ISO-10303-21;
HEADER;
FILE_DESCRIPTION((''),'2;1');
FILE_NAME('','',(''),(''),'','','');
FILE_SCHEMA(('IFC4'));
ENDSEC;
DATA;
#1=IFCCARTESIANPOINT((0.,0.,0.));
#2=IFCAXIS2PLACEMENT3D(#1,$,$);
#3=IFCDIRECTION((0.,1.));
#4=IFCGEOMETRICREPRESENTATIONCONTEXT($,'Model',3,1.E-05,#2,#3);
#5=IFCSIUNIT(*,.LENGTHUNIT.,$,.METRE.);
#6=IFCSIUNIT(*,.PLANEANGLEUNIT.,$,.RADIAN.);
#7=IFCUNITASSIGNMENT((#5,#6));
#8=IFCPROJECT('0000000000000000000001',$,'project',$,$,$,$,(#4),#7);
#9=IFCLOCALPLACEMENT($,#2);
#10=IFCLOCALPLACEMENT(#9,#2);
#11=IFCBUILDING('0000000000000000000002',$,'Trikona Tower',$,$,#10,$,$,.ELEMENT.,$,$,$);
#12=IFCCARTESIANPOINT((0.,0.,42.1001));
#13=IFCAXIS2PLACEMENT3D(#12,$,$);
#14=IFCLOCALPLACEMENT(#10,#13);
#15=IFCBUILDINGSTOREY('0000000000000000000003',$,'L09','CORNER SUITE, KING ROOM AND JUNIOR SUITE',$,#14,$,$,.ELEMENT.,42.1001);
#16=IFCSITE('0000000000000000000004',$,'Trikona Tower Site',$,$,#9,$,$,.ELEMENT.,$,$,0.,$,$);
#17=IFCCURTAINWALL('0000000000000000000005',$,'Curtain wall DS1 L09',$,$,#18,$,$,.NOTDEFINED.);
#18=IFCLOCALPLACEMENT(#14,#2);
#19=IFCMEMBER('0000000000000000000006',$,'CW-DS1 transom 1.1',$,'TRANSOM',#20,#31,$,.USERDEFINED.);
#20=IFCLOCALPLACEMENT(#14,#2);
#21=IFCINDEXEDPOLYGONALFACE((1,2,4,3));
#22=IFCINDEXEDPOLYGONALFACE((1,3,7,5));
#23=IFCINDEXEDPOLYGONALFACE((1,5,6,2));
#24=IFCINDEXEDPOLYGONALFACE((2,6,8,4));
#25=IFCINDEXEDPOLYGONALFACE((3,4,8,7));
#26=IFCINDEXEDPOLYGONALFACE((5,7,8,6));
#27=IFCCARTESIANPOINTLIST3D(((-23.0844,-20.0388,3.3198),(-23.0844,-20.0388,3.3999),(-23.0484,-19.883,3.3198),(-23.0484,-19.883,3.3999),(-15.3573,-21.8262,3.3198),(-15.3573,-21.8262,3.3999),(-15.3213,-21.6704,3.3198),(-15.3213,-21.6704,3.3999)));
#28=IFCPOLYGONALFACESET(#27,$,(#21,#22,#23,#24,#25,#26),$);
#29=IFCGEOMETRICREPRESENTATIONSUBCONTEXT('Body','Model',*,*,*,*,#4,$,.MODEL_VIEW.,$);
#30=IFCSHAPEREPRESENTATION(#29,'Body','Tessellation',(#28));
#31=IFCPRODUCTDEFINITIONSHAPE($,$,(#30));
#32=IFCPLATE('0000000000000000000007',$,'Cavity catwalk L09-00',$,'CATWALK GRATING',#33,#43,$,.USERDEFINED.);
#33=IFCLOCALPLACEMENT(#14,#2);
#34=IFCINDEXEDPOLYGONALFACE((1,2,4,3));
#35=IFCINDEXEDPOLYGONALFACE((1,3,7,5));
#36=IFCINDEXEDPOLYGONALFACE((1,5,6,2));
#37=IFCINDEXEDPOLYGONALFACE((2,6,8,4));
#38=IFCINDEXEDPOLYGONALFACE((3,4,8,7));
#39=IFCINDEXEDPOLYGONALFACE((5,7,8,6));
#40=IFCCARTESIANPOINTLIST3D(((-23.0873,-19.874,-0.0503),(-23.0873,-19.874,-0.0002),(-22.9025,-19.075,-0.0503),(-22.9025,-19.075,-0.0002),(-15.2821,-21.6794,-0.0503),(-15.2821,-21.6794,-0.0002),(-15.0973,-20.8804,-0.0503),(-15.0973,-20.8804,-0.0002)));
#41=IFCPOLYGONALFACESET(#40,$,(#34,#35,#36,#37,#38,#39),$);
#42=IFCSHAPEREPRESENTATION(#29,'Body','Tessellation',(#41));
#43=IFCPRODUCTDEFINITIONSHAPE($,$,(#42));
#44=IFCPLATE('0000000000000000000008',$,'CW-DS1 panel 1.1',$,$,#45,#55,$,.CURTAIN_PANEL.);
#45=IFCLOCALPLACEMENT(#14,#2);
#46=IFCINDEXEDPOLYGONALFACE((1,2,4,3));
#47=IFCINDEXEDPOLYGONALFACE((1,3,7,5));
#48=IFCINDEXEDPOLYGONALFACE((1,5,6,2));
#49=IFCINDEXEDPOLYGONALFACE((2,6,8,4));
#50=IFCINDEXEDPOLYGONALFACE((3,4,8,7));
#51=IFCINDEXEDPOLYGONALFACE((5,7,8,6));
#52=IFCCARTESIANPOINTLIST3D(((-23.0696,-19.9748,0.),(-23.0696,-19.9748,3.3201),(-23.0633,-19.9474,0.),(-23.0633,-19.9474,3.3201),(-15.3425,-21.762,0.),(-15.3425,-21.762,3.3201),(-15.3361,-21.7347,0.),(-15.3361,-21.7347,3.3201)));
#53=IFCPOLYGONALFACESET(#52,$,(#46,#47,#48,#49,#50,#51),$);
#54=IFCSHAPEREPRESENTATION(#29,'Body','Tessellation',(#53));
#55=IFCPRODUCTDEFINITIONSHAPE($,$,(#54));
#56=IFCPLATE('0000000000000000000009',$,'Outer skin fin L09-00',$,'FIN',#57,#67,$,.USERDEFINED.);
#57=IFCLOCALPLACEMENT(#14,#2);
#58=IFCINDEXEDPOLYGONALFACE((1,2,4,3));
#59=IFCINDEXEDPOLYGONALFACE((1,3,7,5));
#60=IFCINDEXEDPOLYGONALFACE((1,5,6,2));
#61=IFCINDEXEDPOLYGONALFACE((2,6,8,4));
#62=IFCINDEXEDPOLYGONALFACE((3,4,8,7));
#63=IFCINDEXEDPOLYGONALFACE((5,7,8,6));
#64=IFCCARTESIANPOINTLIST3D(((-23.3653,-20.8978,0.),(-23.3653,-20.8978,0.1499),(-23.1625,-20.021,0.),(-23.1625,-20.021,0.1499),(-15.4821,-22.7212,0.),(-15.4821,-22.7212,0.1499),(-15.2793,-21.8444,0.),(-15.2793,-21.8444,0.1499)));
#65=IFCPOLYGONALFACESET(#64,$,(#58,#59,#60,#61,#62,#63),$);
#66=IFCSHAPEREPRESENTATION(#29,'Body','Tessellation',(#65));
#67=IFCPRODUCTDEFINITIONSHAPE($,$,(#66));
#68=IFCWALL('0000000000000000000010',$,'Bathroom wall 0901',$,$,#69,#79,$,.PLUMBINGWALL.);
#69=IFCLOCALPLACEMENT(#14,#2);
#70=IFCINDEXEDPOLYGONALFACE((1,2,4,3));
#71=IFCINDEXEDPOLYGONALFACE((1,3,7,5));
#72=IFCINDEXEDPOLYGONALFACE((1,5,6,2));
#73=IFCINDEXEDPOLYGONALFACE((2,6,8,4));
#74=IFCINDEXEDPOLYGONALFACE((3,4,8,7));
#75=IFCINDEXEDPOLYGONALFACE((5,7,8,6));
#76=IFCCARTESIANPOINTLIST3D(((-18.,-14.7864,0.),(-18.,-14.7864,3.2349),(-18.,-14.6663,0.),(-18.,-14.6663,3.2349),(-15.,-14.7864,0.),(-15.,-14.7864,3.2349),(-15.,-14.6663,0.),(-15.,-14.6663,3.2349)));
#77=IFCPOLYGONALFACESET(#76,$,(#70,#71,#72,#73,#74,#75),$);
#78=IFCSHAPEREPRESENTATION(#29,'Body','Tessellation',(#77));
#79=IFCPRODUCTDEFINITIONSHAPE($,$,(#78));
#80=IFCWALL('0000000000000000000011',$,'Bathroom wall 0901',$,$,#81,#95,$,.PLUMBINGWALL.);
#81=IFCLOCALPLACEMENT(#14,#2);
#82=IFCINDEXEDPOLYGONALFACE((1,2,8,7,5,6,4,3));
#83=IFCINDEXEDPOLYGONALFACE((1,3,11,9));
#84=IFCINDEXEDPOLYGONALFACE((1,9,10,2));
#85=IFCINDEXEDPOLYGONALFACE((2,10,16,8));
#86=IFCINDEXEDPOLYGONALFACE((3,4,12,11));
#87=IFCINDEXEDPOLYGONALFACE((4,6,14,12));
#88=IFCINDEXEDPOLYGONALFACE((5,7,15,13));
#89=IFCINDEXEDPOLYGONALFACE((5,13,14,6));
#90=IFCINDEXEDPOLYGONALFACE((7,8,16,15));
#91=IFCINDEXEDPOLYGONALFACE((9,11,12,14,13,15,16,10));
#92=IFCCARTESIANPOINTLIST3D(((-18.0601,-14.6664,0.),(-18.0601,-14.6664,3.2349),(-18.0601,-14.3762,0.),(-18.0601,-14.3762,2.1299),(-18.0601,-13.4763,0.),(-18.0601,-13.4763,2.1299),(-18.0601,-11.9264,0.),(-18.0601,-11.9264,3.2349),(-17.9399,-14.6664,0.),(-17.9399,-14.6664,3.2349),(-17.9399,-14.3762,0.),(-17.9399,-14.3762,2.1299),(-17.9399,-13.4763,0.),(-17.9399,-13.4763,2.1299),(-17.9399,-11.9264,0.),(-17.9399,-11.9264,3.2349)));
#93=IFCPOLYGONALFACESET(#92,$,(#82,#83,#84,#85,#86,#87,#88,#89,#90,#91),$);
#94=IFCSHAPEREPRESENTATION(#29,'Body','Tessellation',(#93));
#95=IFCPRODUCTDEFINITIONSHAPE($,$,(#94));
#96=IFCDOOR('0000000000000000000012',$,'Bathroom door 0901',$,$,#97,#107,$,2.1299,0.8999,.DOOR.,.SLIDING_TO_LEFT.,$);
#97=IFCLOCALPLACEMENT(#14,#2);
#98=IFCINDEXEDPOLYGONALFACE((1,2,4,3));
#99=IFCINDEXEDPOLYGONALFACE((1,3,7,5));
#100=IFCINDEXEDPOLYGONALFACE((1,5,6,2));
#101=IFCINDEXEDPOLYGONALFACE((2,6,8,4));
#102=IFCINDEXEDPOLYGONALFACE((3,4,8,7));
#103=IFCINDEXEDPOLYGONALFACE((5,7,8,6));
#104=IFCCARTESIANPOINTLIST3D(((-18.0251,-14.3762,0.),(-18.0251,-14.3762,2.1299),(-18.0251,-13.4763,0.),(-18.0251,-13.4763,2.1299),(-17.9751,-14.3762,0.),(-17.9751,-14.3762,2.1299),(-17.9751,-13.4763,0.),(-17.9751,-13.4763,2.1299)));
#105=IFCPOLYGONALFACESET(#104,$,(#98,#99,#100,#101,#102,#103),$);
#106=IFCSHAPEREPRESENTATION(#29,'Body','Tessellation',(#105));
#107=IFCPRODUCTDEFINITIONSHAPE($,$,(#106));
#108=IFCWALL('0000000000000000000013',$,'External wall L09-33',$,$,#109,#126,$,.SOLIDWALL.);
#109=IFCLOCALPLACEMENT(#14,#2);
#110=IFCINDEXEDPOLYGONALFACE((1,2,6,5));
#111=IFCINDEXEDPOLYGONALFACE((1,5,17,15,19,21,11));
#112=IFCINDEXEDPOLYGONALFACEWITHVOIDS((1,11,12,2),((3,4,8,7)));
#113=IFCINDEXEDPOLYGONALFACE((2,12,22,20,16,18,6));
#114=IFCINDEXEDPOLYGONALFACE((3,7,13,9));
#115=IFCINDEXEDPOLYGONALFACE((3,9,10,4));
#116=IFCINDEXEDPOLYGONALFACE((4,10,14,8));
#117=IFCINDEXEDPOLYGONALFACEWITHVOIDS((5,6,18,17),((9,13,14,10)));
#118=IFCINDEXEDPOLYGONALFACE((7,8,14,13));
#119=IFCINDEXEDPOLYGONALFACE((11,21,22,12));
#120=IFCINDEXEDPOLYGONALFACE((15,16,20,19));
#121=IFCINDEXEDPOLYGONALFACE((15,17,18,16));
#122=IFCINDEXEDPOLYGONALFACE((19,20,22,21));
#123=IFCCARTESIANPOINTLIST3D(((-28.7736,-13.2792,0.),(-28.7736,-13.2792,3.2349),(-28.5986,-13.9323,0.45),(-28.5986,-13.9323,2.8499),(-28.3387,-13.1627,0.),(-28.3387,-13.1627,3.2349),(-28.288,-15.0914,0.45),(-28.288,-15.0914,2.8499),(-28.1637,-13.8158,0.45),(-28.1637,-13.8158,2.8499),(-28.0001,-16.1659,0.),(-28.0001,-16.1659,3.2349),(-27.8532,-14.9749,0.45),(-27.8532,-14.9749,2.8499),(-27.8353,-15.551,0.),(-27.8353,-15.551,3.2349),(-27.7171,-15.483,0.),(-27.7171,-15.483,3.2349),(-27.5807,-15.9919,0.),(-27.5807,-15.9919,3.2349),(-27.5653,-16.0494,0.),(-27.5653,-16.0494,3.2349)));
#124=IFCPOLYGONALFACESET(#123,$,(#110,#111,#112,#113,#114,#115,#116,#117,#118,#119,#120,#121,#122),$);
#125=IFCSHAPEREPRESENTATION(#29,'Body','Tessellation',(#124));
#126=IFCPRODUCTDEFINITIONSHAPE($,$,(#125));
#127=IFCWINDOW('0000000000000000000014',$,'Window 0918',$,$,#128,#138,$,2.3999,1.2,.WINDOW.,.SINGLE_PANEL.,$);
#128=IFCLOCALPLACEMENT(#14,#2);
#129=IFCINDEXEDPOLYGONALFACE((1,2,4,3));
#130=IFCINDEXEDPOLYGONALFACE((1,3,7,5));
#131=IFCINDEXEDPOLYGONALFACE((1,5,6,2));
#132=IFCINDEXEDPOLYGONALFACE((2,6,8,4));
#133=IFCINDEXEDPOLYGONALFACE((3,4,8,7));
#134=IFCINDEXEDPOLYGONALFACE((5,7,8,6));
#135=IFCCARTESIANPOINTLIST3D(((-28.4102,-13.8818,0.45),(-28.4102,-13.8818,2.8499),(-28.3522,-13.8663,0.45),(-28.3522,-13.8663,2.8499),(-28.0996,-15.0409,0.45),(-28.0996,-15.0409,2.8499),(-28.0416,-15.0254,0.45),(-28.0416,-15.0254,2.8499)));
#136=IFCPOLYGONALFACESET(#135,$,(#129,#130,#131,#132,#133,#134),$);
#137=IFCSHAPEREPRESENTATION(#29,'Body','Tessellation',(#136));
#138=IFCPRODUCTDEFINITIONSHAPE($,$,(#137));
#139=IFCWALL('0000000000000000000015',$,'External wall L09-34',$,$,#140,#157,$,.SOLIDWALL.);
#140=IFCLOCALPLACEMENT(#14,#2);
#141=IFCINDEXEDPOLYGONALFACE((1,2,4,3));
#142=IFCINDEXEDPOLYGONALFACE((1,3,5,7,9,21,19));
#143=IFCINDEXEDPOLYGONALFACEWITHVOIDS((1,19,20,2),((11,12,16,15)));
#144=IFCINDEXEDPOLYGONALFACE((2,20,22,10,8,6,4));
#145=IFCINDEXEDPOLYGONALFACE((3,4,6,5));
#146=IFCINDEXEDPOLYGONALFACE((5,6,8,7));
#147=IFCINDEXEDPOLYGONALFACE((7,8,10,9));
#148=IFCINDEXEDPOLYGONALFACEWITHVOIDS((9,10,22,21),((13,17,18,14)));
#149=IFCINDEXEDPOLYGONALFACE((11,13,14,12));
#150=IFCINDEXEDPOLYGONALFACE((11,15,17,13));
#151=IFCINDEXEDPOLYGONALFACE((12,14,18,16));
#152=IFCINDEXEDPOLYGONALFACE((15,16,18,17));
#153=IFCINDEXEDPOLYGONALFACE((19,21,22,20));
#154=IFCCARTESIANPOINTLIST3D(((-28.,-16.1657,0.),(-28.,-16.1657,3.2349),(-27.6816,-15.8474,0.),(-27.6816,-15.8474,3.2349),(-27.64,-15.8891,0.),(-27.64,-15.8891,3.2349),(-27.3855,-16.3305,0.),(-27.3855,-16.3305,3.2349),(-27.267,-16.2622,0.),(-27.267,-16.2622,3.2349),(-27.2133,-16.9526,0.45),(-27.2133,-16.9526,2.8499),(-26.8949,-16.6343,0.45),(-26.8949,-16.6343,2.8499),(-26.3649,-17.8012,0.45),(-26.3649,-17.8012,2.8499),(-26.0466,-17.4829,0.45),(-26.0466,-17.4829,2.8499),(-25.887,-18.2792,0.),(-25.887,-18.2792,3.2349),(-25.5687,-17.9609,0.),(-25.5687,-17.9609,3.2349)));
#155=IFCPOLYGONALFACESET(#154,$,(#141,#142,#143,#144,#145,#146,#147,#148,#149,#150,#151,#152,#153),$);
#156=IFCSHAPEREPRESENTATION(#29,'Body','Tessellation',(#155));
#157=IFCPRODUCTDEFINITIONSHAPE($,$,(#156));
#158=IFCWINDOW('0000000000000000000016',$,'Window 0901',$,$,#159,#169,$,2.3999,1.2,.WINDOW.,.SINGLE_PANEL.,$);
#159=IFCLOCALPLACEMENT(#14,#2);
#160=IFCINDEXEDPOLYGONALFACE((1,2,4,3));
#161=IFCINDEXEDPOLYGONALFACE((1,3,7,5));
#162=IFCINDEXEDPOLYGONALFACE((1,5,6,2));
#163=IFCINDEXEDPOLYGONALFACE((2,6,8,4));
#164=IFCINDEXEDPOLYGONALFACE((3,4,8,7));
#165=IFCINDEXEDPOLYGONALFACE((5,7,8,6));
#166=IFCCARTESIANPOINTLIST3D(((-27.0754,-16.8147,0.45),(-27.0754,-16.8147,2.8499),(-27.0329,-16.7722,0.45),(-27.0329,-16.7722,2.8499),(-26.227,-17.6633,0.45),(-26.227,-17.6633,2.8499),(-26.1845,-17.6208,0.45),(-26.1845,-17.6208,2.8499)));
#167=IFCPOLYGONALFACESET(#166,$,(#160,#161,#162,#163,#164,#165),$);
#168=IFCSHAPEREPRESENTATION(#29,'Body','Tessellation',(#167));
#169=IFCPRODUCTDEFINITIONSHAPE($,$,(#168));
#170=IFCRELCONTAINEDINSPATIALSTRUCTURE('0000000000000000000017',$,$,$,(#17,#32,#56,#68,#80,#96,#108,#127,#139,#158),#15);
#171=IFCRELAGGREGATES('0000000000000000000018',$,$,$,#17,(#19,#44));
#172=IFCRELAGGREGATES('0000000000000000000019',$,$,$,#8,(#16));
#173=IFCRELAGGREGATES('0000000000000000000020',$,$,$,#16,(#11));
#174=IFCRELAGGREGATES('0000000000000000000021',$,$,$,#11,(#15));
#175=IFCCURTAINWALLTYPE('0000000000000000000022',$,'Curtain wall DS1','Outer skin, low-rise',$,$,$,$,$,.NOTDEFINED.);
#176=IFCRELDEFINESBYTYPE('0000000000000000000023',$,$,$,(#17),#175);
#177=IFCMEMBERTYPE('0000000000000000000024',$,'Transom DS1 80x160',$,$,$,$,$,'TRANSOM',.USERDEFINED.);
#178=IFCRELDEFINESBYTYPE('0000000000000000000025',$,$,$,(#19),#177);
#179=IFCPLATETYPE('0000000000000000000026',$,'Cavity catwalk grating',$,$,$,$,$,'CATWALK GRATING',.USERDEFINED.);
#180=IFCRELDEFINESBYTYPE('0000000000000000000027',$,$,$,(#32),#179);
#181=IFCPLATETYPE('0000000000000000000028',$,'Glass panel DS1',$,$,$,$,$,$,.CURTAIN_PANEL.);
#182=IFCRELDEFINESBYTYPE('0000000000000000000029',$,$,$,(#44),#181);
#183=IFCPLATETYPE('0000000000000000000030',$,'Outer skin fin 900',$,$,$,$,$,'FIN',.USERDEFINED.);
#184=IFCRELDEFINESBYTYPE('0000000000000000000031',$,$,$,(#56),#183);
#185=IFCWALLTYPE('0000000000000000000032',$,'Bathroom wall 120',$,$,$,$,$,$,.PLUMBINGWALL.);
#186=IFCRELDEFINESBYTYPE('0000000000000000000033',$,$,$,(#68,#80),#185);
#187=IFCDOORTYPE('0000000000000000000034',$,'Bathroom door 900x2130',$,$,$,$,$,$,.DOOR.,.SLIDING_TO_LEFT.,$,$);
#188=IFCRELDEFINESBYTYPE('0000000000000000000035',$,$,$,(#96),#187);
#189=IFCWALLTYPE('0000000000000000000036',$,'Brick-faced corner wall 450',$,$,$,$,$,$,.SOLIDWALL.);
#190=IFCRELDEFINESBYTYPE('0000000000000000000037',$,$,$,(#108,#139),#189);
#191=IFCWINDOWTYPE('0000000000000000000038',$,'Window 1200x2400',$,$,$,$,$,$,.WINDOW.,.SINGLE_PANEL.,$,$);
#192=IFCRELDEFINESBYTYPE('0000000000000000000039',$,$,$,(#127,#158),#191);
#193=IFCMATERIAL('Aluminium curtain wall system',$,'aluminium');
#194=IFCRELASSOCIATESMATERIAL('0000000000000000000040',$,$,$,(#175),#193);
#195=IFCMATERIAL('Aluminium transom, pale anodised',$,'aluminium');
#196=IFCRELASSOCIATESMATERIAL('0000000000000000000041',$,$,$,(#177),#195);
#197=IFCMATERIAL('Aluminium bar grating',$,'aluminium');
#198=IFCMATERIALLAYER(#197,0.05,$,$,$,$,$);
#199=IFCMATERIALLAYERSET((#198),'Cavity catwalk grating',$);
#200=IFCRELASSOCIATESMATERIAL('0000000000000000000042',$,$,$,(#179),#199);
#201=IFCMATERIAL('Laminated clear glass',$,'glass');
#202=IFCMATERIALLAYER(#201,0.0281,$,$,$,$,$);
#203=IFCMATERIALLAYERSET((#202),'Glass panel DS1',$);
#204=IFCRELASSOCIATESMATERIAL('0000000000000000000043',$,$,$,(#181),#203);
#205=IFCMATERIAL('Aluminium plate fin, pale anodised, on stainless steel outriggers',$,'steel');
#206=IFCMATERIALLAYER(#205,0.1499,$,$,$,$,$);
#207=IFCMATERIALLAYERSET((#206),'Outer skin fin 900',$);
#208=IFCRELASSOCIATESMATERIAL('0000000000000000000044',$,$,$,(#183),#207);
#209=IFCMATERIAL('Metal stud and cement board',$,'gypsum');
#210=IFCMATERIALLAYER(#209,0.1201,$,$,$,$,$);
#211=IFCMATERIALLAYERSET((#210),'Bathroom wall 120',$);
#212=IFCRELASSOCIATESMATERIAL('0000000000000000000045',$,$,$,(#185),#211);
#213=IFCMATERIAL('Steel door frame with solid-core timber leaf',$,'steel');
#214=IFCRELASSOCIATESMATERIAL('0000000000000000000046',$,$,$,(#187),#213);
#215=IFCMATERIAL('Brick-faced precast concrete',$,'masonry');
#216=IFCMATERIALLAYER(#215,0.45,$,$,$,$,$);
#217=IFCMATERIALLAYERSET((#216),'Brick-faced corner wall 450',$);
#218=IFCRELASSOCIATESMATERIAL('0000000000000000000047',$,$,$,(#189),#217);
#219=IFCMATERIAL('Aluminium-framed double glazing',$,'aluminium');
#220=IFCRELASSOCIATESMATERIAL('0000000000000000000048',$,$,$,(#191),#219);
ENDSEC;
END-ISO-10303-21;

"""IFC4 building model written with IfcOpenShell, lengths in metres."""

from ifc_helpers import new_model, si_unit, direction, frame, frame_2d, origin, origin_2d, place, context, subcontext, project, spatial, polyline, rectangle, outline, extrude, material, layer, layer_set, material_profile, profile_set, type_object, element, fill, aggregate, save


model = new_model("IFC4")

# Units and contexts
model_context = context("Model", 3, precision=1e-05, world=origin(), true_north=direction((0.0, 1.0)))
body_context = subcontext(model_context, "Body", "Model", "MODEL_VIEW")
ifc_project = project(units=[si_unit("LENGTHUNIT", "METRE"), si_unit("PLANEANGLEUNIT", "RADIAN")], contexts=[model_context])

# Site, building, storey
site_placement = place(None, origin())
site = spatial("IfcSite", under=ifc_project, at=site_placement, Name="Trikona Tower Site", CompositionType="ELEMENT", RefElevation=0.0)
building_placement = place(site_placement, origin())
building = spatial("IfcBuilding", under=site, at=building_placement, Name="Trikona Tower", CompositionType="ELEMENT")
storey_placement = place(building_placement, frame((0.0, 0.0, 42.1001)))
storey = spatial("IfcBuildingStorey", under=building, at=storey_placement, Name="L09", Description="CORNER SUITE, KING ROOM AND JUNIOR SUITE", CompositionType="ELEMENT", Elevation=42.1001)

# Curtain wall
ifc_material_1 = material(Name="Aluminium curtain wall system", Category="aluminium")
curtain_wall_type = type_object("IfcCurtainWallType", Name="Curtain wall DS1", Description="Outer skin, low-rise", PredefinedType="NOTDEFINED", material=ifc_material_1)
curtain_wall_1_placement = place(storey_placement, origin())
curtain_wall_1 = element("IfcCurtainWall", 1, at=curtain_wall_1_placement, inside=storey, type_object=curtain_wall_type, Name="Curtain wall DS1 L09", PredefinedType="NOTDEFINED")

# Member
ifc_material_2 = material(Name="Aluminium transom, pale anodised", Category="aluminium")
ifc_material_profile_1 = material_profile(ifc_material_2, rectangle(XDim=0.1599, YDim=0.0801, at=origin_2d()), Name="TRN-DS1")
ifc_profile_set_1 = profile_set([ifc_material_profile_1], Name="Aluminium transom, pale anodised")
member_type_1 = type_object("IfcMemberType", Name="Transom DS1 80x160", ElementType="TRANSOM", PredefinedType="USERDEFINED", material=ifc_profile_set_1)
member_1_placement = place(storey_placement, frame((-23.0664, -19.9609, 3.3599), z_axis=(0.974275, -0.225361, 0.0), x_axis=(0.225361, 0.974275, 0.0)))
member_1 = element("IfcMember", 2, at=member_1_placement, type_object=member_type_1, Name="CW-DS1 transom 1.1", ObjectType="TRANSOM", PredefinedType="USERDEFINED", context=body_context, shape_type="SweptSolid", body=[
    extrude(rectangle(XDim=0.1599, YDim=0.0801, at=origin_2d()), origin(), (0.0, 0.0, 1.0), 7.9312),
])

# Plates
ifc_material_3 = material(Name="Aluminium bar grating", Category="aluminium")
ifc_layer_1 = layer(ifc_material_3, 0.05)
ifc_layer_set_1 = layer_set([ifc_layer_1], Name="Cavity catwalk grating")
plate_type_1 = type_object("IfcPlateType", Name="Cavity catwalk grating", ElementType="CATWALK GRATING", PredefinedType="USERDEFINED", material=ifc_layer_set_1)
plate_1_placement = place(storey_placement, frame((-19.0923, -20.3772, -0.0503), z_axis=(0.0, 0.0, 1.0), x_axis=(0.974278, -0.225351, 0.0)))
element("IfcPlate", 3, at=plate_1_placement, inside=storey, type_object=plate_type_1, Name="Cavity catwalk L09-00", ObjectType="CATWALK GRATING", PredefinedType="USERDEFINED", context=body_context, shape_type="SweptSolid", body=[
    extrude(rectangle(XDim=8.0112, YDim=0.8201, at=origin_2d()), origin(), (0.0, 0.0, 1.0), 0.05),
])
ifc_material_4 = material(Name="Laminated clear glass", Category="glass")
ifc_layer_2 = layer(ifc_material_4, 0.0281)
ifc_layer_set_2 = layer_set([ifc_layer_2], Name="Glass panel DS1")
plate_type_2 = type_object("IfcPlateType", Name="Glass panel DS1", PredefinedType="CURTAIN_PANEL", material=ifc_layer_set_2)
plate_2_placement = place(storey_placement, frame((-19.2029, -20.8547, 0.0), z_axis=(0.0, 0.0, 1.0), x_axis=(0.974279, -0.225343, 0.0)))
plate_2 = element("IfcPlate", 4, at=plate_2_placement, type_object=plate_type_2, Name="CW-DS1 panel 1.1", PredefinedType="CURTAIN_PANEL", context=body_context, shape_type="SweptSolid", body=[
    extrude(rectangle(XDim=7.9312, YDim=0.0281, at=origin_2d()), origin(), (0.0, 0.0, 1.0), 3.3201),
])
aggregate(curtain_wall_1, [member_1, plate_2])
ifc_material_5 = material(Name="Aluminium plate fin, pale anodised, on stainless steel outriggers", Category="steel")
ifc_layer_3 = layer(ifc_material_5, 0.1499)
ifc_layer_set_3 = layer_set([ifc_layer_3], Name="Outer skin fin 900")
plate_type_3 = type_object("IfcPlateType", Name="Outer skin fin 900", ElementType="FIN", PredefinedType="USERDEFINED", material=ifc_layer_set_3)
plate_3_placement = place(storey_placement, frame((-19.3223, -21.3711, 0.0), z_axis=(0.0, 0.0, 1.0), x_axis=(0.974278, -0.225351, 0.0)))
element("IfcPlate", 5, at=plate_3_placement, inside=storey, type_object=plate_type_3, Name="Outer skin fin L09-00", ObjectType="FIN", PredefinedType="USERDEFINED", context=body_context, shape_type="SweptSolid", body=[
    extrude(rectangle(XDim=8.0913, YDim=0.8999, at=origin_2d()), origin(), (0.0, 0.0, 1.0), 0.1499),
])

# Wall
ifc_material_6 = material(Name="Metal stud and cement board", Category="gypsum")
ifc_layer_4 = layer(ifc_material_6, 0.1201)
ifc_layer_set_4 = layer_set([ifc_layer_4], Name="Bathroom wall 120")
wall_type_1 = type_object("IfcWallType", Name="Bathroom wall 120", PredefinedType="PLUMBINGWALL", material=ifc_layer_set_4)
wall_1_placement = place(storey_placement, frame((-18.0, -14.7263, 0.0), z_axis=(0.0, 0.0, 1.0), x_axis=(1.0, 0.0, 0.0)))
element("IfcWall", 6, at=wall_1_placement, inside=storey, type_object=wall_type_1, Name="Bathroom wall 0901", PredefinedType="PLUMBINGWALL", context=body_context, shape_type="SweptSolid", body=[
    extrude(rectangle(XDim=3.0, YDim=0.1201, at=frame_2d((1.5, 0.0))), origin(), (0.0, 0.0, 1.0), 3.2349),
])

# Wall, opening, door
wall_2_placement = place(storey_placement, frame((-18.0, -11.9263, 0.0), z_axis=(0.0, 0.0, 1.0), x_axis=(0.0, -1.0, 0.0)))
wall_2 = element("IfcWall", 7, at=wall_2_placement, inside=storey, type_object=wall_type_1, Name="Bathroom wall 0901", PredefinedType="PLUMBINGWALL", context=body_context, shape_type="SweptSolid", body=[
    extrude(rectangle(XDim=2.74, YDim=0.1201, at=frame_2d((1.3701, 0.0))), origin(), (0.0, 0.0, 1.0), 3.2349),
])
opening_1_placement = place(wall_2_placement, frame((1.55, 0.0, 0.0)))
opening_1 = element("IfcOpeningElement", 8, at=opening_1_placement, cuts=wall_2, PredefinedType="OPENING", context=body_context, shape_type="SweptSolid", body=[
    extrude(rectangle(XDim=0.8999, YDim=2.1299, at=frame_2d((0.45, 1.0649))), frame((0.0, 0.0701, 0.0), z_axis=(0.0, -1.0, 0.0), x_axis=(1.0, 0.0, 0.0)), (0.0, 0.0, 1.0), 0.1401),
])
ifc_material_7 = material(Name="Steel door frame with solid-core timber leaf", Category="steel")
door_type = type_object("IfcDoorType", Name="Bathroom door 900x2130", OperationType="SLIDING_TO_LEFT", PredefinedType="DOOR", material=ifc_material_7)
door_placement = place(opening_1_placement, origin())
door = element("IfcDoor", 9, at=door_placement, inside=storey, type_object=door_type, Name="Bathroom door 0901", OperationType="SLIDING_TO_LEFT", OverallHeight=2.1299, OverallWidth=0.8999, PredefinedType="DOOR", context=body_context, shape_type="SweptSolid", body=[
    extrude(rectangle(XDim=0.8999, YDim=2.1299, at=frame_2d((0.45, 1.0649))), frame((0.0, 0.0249, 0.0), z_axis=(0.0, -1.0, 0.0), x_axis=(1.0, 0.0, 0.0)), (0.0, 0.0, 1.0), 0.05),
])
fill(opening_1, door)

# Walls, openings, windows
ifc_material_8 = material(Name="Brick-faced precast concrete", Category="masonry")
ifc_layer_5 = layer(ifc_material_8, 0.45)
ifc_layer_set_5 = layer_set([ifc_layer_5], Name="Brick-faced corner wall 450")
wall_type_2 = type_object("IfcWallType", Name="Brick-faced corner wall 450", PredefinedType="SOLIDWALL", material=ifc_layer_set_5)
wall_3_placement = place(storey_placement, frame((-28.5562, -13.2209, 0.0), z_axis=(0.0, 0.0, 1.0), x_axis=(0.258801, -0.965931, 0.0)))
wall_3 = element("IfcWall", 10, at=wall_3_placement, inside=storey, type_object=wall_type_2, Name="External wall L09-33", PredefinedType="SOLIDWALL", context=body_context, shape_type="SweptSolid", body=[
    extrude(outline(polyline([(2.9885, 0.2251), (2.929, 0.2251), (2.4373, 0.0933), (2.4021, 0.2251), (0.0, 0.2251), (0.0, -0.2251), (2.9885, -0.2251), (2.9885, 0.2251)])), origin(), (0.0, 0.0, 1.0), 3.2349),
])
opening_2_placement = place(wall_3_placement, frame((0.676, 0.0, 0.45)))
opening_2 = element("IfcOpeningElement", 11, at=opening_2_placement, cuts=wall_3, PredefinedType="OPENING", context=body_context, shape_type="SweptSolid", body=[
    extrude(rectangle(XDim=1.2, YDim=2.3999, at=frame_2d((0.6001, 1.2))), frame((0.0, 0.2349, 0.0), z_axis=(0.0, -1.0, 0.0), x_axis=(1.0, 0.0, 0.0)), (0.0, 0.0, 1.0), 0.47),
])
ifc_material_9 = material(Name="Aluminium-framed double glazing", Category="aluminium")
window_type_1 = type_object("IfcWindowType", Name="Window 1200x2400", PartitioningType="SINGLE_PANEL", PredefinedType="WINDOW", material=ifc_material_9)
window_1_placement = place(opening_2_placement, origin())
window_1 = element("IfcWindow", 12, at=window_1_placement, inside=storey, type_object=window_type_1, Name="Window 0918", OverallHeight=2.3999, OverallWidth=1.2, PartitioningType="SINGLE_PANEL", PredefinedType="WINDOW", context=body_context, shape_type="SweptSolid", body=[
    extrude(rectangle(XDim=1.2, YDim=2.3999, at=frame_2d((0.6001, 1.2))), frame((0.0, 0.03, 0.0), z_axis=(0.0, -1.0, 0.0), x_axis=(1.0, 0.0, 0.0)), (0.0, 0.0, 1.0), 0.0601),
])
fill(opening_2, window_1)
wall_4_placement = place(storey_placement, frame((-27.8408, -16.0066, 0.0), z_axis=(0.0, 0.0, 1.0), x_axis=(0.707025, -0.707188, 0.0)))
wall_4 = element("IfcWall", 13, at=wall_4_placement, inside=storey, type_object=wall_type_2, Name="External wall L09-34", PredefinedType="SOLIDWALL", context=body_context, shape_type="SweptSolid", body=[
    extrude(outline(polyline([(2.9885, 0.2251), (0.5864, 0.2251), (0.551, 0.093), (0.0588, 0.2251), (0.0, 0.2251), (0.0, -0.2251), (2.9885, -0.2251), (2.9885, 0.2251)])), origin(), (0.0, 0.0, 1.0), 3.2349),
])
opening_3_placement = place(wall_4_placement, frame((1.1125, 0.0, 0.45)))
opening_3 = element("IfcOpeningElement", 14, at=opening_3_placement, cuts=wall_4, PredefinedType="OPENING", context=body_context, shape_type="SweptSolid", body=[
    extrude(rectangle(XDim=1.2, YDim=2.3999, at=frame_2d((0.6001, 1.2))), frame((0.0, 0.2349, 0.0), z_axis=(0.0, -1.0, 0.0), x_axis=(1.0, 0.0, 0.0)), (0.0, 0.0, 1.0), 0.47),
])
window_2_placement = place(opening_3_placement, origin())
window_2 = element("IfcWindow", 15, at=window_2_placement, inside=storey, type_object=window_type_1, Name="Window 0901", OverallHeight=2.3999, OverallWidth=1.2, PartitioningType="SINGLE_PANEL", PredefinedType="WINDOW", context=body_context, shape_type="SweptSolid", body=[
    extrude(rectangle(XDim=1.2, YDim=2.3999, at=frame_2d((0.6001, 1.2))), frame((0.0, 0.03, 0.0), z_axis=(0.0, -1.0, 0.0), x_axis=(1.0, 0.0, 0.0)), (0.0, 0.0, 1.0), 0.0601),
])
fill(opening_3, window_2)

save(model, "model.ifc")
